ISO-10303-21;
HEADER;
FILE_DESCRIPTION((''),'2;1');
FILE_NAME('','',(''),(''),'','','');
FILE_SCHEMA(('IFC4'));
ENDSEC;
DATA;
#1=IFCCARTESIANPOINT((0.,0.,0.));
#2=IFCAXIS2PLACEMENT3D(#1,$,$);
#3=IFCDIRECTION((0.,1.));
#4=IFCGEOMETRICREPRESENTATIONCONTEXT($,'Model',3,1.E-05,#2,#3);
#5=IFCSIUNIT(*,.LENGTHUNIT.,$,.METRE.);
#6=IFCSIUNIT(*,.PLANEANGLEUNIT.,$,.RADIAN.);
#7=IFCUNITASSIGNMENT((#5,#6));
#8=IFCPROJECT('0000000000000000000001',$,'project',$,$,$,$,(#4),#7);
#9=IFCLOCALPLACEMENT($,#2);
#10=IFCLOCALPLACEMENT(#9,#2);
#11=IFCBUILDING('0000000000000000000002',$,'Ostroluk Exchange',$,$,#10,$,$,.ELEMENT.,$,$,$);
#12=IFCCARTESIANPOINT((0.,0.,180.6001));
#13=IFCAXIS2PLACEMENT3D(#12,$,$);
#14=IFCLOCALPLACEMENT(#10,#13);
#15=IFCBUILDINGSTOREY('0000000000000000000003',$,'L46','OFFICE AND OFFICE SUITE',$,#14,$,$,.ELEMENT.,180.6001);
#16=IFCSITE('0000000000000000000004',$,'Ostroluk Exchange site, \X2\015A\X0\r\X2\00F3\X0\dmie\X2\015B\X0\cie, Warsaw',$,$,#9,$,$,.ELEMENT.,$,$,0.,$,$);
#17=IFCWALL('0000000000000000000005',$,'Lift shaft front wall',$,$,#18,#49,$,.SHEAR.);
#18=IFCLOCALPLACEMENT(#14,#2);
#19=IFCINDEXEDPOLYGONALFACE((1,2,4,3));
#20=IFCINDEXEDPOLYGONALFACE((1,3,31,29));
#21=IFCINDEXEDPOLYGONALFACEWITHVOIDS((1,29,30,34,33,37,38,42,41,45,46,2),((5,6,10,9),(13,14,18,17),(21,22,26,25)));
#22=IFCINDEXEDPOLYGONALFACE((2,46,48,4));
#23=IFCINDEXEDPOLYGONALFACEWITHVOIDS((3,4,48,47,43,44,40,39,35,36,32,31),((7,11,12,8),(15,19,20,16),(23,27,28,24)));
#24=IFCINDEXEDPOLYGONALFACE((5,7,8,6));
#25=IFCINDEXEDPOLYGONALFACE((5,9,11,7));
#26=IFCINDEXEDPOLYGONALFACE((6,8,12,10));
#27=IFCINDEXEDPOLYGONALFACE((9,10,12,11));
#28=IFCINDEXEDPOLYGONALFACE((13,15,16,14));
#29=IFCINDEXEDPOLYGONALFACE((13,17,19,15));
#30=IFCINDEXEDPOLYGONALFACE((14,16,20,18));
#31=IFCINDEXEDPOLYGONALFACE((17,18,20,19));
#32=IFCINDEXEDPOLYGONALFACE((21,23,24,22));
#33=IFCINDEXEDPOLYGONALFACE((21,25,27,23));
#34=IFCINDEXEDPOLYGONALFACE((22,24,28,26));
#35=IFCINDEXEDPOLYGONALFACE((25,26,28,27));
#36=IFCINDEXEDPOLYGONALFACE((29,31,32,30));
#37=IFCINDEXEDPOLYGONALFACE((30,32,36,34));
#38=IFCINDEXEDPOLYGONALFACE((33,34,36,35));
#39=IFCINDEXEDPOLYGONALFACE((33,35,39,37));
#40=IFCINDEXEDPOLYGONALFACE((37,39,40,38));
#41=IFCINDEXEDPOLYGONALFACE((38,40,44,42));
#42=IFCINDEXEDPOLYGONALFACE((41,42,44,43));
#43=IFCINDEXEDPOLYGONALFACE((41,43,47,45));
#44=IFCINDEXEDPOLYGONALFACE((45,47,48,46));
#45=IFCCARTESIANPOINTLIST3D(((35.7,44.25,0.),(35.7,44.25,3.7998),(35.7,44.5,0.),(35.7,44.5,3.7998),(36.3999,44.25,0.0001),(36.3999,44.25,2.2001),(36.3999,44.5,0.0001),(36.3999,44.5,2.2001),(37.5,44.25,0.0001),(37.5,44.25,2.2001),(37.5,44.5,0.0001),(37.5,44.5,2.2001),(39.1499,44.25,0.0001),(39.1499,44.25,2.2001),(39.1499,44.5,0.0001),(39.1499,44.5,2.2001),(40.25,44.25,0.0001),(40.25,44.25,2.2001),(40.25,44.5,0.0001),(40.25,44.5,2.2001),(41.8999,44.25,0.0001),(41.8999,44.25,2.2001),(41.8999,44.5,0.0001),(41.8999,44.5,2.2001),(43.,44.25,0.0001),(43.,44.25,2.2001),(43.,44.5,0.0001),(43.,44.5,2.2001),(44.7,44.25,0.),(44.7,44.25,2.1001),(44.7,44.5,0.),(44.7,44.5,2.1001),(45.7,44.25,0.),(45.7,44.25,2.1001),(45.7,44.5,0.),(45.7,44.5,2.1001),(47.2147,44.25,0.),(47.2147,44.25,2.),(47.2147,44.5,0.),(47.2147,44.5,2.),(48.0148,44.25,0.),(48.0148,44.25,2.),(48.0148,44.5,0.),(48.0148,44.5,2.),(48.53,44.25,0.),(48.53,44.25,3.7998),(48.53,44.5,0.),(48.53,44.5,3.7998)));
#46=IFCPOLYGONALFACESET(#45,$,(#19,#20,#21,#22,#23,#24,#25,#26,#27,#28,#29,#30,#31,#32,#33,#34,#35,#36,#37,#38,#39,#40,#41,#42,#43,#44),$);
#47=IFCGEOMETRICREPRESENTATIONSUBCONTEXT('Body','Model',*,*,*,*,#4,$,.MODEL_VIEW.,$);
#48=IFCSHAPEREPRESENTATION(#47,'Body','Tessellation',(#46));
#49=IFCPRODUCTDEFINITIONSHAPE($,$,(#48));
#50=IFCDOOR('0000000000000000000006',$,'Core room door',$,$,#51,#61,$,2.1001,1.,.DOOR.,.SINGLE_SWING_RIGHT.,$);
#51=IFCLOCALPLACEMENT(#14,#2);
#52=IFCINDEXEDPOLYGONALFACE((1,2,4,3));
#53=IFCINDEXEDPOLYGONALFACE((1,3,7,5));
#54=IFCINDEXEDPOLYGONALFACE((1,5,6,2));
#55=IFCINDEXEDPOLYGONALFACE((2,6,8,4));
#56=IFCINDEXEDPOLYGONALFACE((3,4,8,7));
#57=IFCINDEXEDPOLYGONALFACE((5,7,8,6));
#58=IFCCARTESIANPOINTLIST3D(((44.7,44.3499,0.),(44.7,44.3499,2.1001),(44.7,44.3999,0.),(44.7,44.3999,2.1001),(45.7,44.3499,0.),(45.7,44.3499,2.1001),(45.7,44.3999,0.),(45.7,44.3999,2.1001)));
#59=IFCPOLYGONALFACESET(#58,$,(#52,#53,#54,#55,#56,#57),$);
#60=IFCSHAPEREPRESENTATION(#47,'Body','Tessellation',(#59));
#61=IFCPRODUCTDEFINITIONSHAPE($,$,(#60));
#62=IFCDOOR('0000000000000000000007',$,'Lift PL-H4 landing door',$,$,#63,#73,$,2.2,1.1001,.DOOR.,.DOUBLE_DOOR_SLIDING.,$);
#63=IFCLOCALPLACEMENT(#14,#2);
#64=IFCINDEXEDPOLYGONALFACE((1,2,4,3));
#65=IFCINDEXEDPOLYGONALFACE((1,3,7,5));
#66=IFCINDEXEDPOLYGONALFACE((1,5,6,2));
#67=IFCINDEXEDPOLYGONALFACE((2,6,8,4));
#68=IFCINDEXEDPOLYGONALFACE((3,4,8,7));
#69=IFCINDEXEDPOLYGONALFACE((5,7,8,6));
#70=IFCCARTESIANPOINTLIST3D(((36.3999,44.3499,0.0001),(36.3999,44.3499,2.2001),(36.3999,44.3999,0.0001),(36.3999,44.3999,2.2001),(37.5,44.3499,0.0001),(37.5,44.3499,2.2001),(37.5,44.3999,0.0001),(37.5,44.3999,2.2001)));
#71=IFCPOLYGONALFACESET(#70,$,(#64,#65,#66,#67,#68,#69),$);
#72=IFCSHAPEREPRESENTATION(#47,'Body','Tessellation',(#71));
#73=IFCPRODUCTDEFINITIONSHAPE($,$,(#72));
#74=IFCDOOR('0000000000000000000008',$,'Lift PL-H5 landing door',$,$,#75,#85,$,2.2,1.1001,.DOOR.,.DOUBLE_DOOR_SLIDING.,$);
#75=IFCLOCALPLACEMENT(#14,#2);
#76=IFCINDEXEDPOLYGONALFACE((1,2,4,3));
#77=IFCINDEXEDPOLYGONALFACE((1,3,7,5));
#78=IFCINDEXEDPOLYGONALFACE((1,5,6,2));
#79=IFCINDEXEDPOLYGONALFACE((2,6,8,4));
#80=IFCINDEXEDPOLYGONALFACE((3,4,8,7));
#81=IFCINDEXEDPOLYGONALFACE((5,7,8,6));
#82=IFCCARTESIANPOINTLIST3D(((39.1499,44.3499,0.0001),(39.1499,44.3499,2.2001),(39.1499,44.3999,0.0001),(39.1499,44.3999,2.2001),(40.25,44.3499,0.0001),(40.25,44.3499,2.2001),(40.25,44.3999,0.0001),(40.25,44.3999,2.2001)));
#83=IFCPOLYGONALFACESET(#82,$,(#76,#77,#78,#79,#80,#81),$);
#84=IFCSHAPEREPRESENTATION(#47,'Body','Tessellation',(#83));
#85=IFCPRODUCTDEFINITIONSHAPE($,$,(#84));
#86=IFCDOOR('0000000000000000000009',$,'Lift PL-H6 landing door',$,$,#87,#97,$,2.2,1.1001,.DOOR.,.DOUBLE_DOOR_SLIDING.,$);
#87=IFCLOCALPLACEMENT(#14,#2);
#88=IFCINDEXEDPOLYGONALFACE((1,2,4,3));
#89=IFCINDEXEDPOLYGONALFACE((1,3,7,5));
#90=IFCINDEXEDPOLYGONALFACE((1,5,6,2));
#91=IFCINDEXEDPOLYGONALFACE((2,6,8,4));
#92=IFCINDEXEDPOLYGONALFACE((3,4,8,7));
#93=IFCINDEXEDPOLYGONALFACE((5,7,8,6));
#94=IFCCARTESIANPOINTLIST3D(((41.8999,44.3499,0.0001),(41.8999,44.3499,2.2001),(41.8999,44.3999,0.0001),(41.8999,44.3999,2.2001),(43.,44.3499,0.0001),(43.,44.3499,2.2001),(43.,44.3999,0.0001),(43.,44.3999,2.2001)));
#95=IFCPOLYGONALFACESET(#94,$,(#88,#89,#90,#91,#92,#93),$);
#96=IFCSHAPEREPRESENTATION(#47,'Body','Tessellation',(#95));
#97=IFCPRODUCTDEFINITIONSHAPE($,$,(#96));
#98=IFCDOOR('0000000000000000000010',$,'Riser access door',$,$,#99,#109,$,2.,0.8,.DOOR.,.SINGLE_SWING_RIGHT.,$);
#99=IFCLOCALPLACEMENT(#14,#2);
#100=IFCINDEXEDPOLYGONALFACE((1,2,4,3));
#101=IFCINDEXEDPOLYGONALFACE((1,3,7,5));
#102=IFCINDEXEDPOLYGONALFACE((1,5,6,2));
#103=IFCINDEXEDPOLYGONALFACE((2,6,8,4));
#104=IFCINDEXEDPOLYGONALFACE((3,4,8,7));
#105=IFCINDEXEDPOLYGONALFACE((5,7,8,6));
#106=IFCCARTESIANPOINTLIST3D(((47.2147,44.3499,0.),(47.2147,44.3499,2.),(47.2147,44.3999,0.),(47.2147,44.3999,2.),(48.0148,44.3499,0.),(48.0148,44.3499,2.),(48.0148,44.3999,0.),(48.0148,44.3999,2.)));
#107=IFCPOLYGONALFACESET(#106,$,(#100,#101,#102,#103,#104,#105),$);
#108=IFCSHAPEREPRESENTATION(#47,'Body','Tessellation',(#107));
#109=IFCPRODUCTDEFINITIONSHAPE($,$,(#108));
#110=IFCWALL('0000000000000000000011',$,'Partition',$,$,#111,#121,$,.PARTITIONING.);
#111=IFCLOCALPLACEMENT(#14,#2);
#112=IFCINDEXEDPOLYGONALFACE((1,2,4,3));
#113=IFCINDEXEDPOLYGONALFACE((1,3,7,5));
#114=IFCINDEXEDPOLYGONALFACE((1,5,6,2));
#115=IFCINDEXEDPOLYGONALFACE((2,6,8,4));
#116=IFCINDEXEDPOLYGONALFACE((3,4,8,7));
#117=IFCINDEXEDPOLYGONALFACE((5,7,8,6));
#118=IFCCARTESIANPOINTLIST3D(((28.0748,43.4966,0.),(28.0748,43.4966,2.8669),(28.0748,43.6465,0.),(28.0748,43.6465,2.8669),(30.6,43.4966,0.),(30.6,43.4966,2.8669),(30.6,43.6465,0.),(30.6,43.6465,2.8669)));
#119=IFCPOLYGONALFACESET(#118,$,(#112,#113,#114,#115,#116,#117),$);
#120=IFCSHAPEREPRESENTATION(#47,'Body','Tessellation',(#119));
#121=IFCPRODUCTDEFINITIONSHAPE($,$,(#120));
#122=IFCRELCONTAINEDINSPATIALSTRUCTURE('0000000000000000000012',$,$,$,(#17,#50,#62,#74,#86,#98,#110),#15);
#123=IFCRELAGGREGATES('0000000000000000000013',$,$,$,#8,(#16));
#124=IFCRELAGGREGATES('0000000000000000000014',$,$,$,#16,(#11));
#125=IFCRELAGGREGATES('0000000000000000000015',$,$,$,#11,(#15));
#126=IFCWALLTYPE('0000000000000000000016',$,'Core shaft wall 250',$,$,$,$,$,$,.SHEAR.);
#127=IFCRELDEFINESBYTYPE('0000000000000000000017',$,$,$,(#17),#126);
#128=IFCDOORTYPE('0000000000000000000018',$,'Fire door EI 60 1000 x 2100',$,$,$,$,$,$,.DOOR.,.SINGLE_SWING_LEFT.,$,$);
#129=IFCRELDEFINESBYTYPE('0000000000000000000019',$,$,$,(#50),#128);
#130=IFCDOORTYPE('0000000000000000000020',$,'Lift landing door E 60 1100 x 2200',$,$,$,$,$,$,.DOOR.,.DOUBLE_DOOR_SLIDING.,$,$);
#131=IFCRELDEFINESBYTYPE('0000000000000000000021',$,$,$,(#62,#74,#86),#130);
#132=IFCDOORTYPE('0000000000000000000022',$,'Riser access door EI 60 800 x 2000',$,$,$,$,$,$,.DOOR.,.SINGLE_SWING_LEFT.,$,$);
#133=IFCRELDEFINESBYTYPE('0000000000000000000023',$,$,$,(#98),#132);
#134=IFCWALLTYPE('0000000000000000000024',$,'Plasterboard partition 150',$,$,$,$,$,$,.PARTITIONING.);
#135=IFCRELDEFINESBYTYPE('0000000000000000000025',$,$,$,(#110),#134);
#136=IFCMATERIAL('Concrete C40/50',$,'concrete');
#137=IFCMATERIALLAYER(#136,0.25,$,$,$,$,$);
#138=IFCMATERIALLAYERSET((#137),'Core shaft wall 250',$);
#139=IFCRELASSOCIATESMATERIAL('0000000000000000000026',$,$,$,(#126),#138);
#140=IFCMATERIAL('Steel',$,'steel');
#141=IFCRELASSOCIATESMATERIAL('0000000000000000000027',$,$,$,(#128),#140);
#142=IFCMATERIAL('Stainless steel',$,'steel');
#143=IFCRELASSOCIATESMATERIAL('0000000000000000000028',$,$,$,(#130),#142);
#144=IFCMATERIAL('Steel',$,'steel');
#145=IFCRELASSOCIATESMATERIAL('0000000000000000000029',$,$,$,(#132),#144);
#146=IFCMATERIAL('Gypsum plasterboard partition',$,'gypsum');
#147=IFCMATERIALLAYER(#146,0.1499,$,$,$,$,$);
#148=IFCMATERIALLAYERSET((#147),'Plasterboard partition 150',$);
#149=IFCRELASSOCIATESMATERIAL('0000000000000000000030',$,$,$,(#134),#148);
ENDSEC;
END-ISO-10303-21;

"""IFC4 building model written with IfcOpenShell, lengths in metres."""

from ifc_helpers import new_model, si_unit, direction, frame, frame_2d, origin, place, context, subcontext, project, spatial, rectangle, extrude, material, layer, layer_set, type_object, element, fill, save


model = new_model("IFC4")

# Units and contexts
model_context = context("Model", 3, precision=1e-05, world=origin(), true_north=direction((0.0, 1.0)))
body_context = subcontext(model_context, "Body", "Model", "MODEL_VIEW")
ifc_project = project(units=[si_unit("LENGTHUNIT", "METRE"), si_unit("PLANEANGLEUNIT", "RADIAN")], contexts=[model_context])

# Site, building, storey
site_placement = place(None, origin())
site = spatial("IfcSite", under=ifc_project, at=site_placement, Name="Ostroluk Exchange site, Śródmieście, Warsaw", CompositionType="ELEMENT", RefElevation=0.0)
building_placement = place(site_placement, origin())
building = spatial("IfcBuilding", under=site, at=building_placement, Name="Ostroluk Exchange", CompositionType="ELEMENT")
storey_placement = place(building_placement, frame((0.0, 0.0, 180.6001)))
storey = spatial("IfcBuildingStorey", under=building, at=storey_placement, Name="L46", Description="OFFICE AND OFFICE SUITE", CompositionType="ELEMENT", Elevation=180.6001)

# Shared definitions
ifc_material_1 = material(Name="Concrete C40/50", Category="concrete")
ifc_layer_1 = layer(ifc_material_1, 0.25)
ifc_layer_set_1 = layer_set([ifc_layer_1], Name="Core shaft wall 250")
wall_type_1 = type_object("IfcWallType", Name="Core shaft wall 250", PredefinedType="SHEAR", material=ifc_layer_set_1)

# Wall, openings, doors
wall_1_placement = place(storey_placement, frame((35.7, 44.375, 0.0), z_axis=(0.0, 0.0, 1.0), x_axis=(1.0, 0.0, 0.0)))
wall_1 = element("IfcWall", 1, at=wall_1_placement, inside=storey, type_object=wall_type_1, Name="Lift shaft front wall", PredefinedType="SHEAR", context=body_context, shape_type="SweptSolid", body=[
    extrude(rectangle(XDim=12.8301, YDim=0.25, at=frame_2d((6.415, 0.0))), origin(), (0.0, 0.0, 1.0), 3.7998),
])
opening_1_placement = place(wall_1_placement, frame((0.7, 0.0, 0.0)))
opening_1 = element("IfcOpeningElement", 2, at=opening_1_placement, cuts=wall_1, PredefinedType="OPENING", context=body_context, shape_type="SweptSolid", body=[
    extrude(rectangle(XDim=1.1001, YDim=2.2, at=frame_2d((0.55, 1.1001))), frame((0.0, 0.135, 0.0), z_axis=(0.0, -1.0, 0.0), x_axis=(1.0, 0.0, 0.0)), (0.0, 0.0, 1.0), 0.27),
])
opening_2_placement = place(wall_1_placement, frame((3.45, 0.0, 0.0)))
opening_2 = element("IfcOpeningElement", 3, at=opening_2_placement, cuts=wall_1, PredefinedType="OPENING", context=body_context, shape_type="SweptSolid", body=[
    extrude(rectangle(XDim=1.1001, YDim=2.2, at=frame_2d((0.55, 1.1001))), frame((0.0, 0.135, 0.0), z_axis=(0.0, -1.0, 0.0), x_axis=(1.0, 0.0, 0.0)), (0.0, 0.0, 1.0), 0.27),
])
opening_3_placement = place(wall_1_placement, frame((6.2, 0.0, 0.0)))
opening_3 = element("IfcOpeningElement", 4, at=opening_3_placement, cuts=wall_1, PredefinedType="OPENING", context=body_context, shape_type="SweptSolid", body=[
    extrude(rectangle(XDim=1.1001, YDim=2.2, at=frame_2d((0.55, 1.1001))), frame((0.0, 0.135, 0.0), z_axis=(0.0, -1.0, 0.0), x_axis=(1.0, 0.0, 0.0)), (0.0, 0.0, 1.0), 0.27),
])
opening_4_placement = place(wall_1_placement, frame((9.0, 0.0, 0.0)))
opening_4 = element("IfcOpeningElement", 5, at=opening_4_placement, cuts=wall_1, PredefinedType="OPENING", context=body_context, shape_type="SweptSolid", body=[
    extrude(rectangle(XDim=1.0, YDim=2.1001, at=frame_2d((0.5, 1.05))), frame((0.0, 0.135, 0.0), z_axis=(0.0, -1.0, 0.0), x_axis=(1.0, 0.0, 0.0)), (0.0, 0.0, 1.0), 0.27),
])
opening_5_placement = place(wall_1_placement, frame((11.5149, 0.0, 0.0)))
opening_5 = element("IfcOpeningElement", 6, at=opening_5_placement, cuts=wall_1, PredefinedType="OPENING", context=body_context, shape_type="SweptSolid", body=[
    extrude(rectangle(XDim=0.8, YDim=2.0, at=frame_2d((0.3999, 1.0))), frame((0.0, 0.135, 0.0), z_axis=(0.0, -1.0, 0.0), x_axis=(1.0, 0.0, 0.0)), (0.0, 0.0, 1.0), 0.27),
])
ifc_material_2 = material(Name="Steel", Category="steel")
door_type_1 = type_object("IfcDoorType", Name="Fire door EI 60 1000 x 2100", OperationType="SINGLE_SWING_LEFT", PredefinedType="DOOR", material=ifc_material_2)
door_1_placement = place(opening_4_placement, origin())
door_1 = element("IfcDoor", 7, at=door_1_placement, inside=storey, type_object=door_type_1, Name="Core room door", OperationType="SINGLE_SWING_RIGHT", OverallHeight=2.1001, OverallWidth=1.0, PredefinedType="DOOR", context=body_context, shape_type="SweptSolid", body=[
    extrude(rectangle(XDim=1.0, YDim=2.1001, at=frame_2d((0.5, 1.05))), frame((0.0, 0.0249, 0.0), z_axis=(0.0, -1.0, 0.0), x_axis=(1.0, 0.0, 0.0)), (0.0, 0.0, 1.0), 0.05),
])
fill(opening_4, door_1)
ifc_material_3 = material(Name="Stainless steel", Category="steel")
door_type_2 = type_object("IfcDoorType", Name="Lift landing door E 60 1100 x 2200", OperationType="DOUBLE_DOOR_SLIDING", PredefinedType="DOOR", material=ifc_material_3)
door_2_placement = place(opening_1_placement, origin())
door_2 = element("IfcDoor", 8, at=door_2_placement, inside=storey, type_object=door_type_2, Name="Lift PL-H4 landing door", OperationType="DOUBLE_DOOR_SLIDING", OverallHeight=2.2, OverallWidth=1.1001, PredefinedType="DOOR", context=body_context, shape_type="SweptSolid", body=[
    extrude(rectangle(XDim=1.1001, YDim=2.2, at=frame_2d((0.55, 1.1001))), frame((0.0, 0.0249, 0.0), z_axis=(0.0, -1.0, 0.0), x_axis=(1.0, 0.0, 0.0)), (0.0, 0.0, 1.0), 0.05),
])
fill(opening_1, door_2)
door_3_placement = place(opening_2_placement, origin())
door_3 = element("IfcDoor", 9, at=door_3_placement, inside=storey, type_object=door_type_2, Name="Lift PL-H5 landing door", OperationType="DOUBLE_DOOR_SLIDING", OverallHeight=2.2, OverallWidth=1.1001, PredefinedType="DOOR", context=body_context, shape_type="SweptSolid", body=[
    extrude(rectangle(XDim=1.1001, YDim=2.2, at=frame_2d((0.55, 1.1001))), frame((0.0, 0.0249, 0.0), z_axis=(0.0, -1.0, 0.0), x_axis=(1.0, 0.0, 0.0)), (0.0, 0.0, 1.0), 0.05),
])
fill(opening_2, door_3)
door_4_placement = place(opening_3_placement, origin())
door_4 = element("IfcDoor", 10, at=door_4_placement, inside=storey, type_object=door_type_2, Name="Lift PL-H6 landing door", OperationType="DOUBLE_DOOR_SLIDING", OverallHeight=2.2, OverallWidth=1.1001, PredefinedType="DOOR", context=body_context, shape_type="SweptSolid", body=[
    extrude(rectangle(XDim=1.1001, YDim=2.2, at=frame_2d((0.55, 1.1001))), frame((0.0, 0.0249, 0.0), z_axis=(0.0, -1.0, 0.0), x_axis=(1.0, 0.0, 0.0)), (0.0, 0.0, 1.0), 0.05),
])
fill(opening_3, door_4)
ifc_material_4 = material(Name="Steel", Category="steel")
door_type_3 = type_object("IfcDoorType", Name="Riser access door EI 60 800 x 2000", OperationType="SINGLE_SWING_LEFT", PredefinedType="DOOR", material=ifc_material_4)
door_5_placement = place(opening_5_placement, origin())
door_5 = element("IfcDoor", 11, at=door_5_placement, inside=storey, type_object=door_type_3, Name="Riser access door", OperationType="SINGLE_SWING_RIGHT", OverallHeight=2.0, OverallWidth=0.8, PredefinedType="DOOR", context=body_context, shape_type="SweptSolid", body=[
    extrude(rectangle(XDim=0.8, YDim=2.0, at=frame_2d((0.3999, 1.0))), frame((0.0, 0.0249, 0.0), z_axis=(0.0, -1.0, 0.0), x_axis=(1.0, 0.0, 0.0)), (0.0, 0.0, 1.0), 0.05),
])
fill(opening_5, door_5)

# Wall
ifc_material_5 = material(Name="Gypsum plasterboard partition", Category="gypsum")
ifc_layer_2 = layer(ifc_material_5, 0.1499)
ifc_layer_set_2 = layer_set([ifc_layer_2], Name="Plasterboard partition 150")
wall_type_2 = type_object("IfcWallType", Name="Plasterboard partition 150", PredefinedType="PARTITIONING", material=ifc_layer_set_2)
wall_2_placement = place(storey_placement, frame((30.6001, 43.5715, 0.0), z_axis=(0.0, 0.0, 1.0), x_axis=(-1.0, 0.0, 0.0)))
element("IfcWall", 12, at=wall_2_placement, inside=storey, type_object=wall_type_2, Name="Partition", PredefinedType="PARTITIONING", context=body_context, shape_type="SweptSolid", body=[
    extrude(rectangle(XDim=2.5251, YDim=0.1499, at=frame_2d((1.2627, 0.0))), origin(), (0.0, 0.0, 1.0), 2.8669),
])

save(model, "model.ifc")
